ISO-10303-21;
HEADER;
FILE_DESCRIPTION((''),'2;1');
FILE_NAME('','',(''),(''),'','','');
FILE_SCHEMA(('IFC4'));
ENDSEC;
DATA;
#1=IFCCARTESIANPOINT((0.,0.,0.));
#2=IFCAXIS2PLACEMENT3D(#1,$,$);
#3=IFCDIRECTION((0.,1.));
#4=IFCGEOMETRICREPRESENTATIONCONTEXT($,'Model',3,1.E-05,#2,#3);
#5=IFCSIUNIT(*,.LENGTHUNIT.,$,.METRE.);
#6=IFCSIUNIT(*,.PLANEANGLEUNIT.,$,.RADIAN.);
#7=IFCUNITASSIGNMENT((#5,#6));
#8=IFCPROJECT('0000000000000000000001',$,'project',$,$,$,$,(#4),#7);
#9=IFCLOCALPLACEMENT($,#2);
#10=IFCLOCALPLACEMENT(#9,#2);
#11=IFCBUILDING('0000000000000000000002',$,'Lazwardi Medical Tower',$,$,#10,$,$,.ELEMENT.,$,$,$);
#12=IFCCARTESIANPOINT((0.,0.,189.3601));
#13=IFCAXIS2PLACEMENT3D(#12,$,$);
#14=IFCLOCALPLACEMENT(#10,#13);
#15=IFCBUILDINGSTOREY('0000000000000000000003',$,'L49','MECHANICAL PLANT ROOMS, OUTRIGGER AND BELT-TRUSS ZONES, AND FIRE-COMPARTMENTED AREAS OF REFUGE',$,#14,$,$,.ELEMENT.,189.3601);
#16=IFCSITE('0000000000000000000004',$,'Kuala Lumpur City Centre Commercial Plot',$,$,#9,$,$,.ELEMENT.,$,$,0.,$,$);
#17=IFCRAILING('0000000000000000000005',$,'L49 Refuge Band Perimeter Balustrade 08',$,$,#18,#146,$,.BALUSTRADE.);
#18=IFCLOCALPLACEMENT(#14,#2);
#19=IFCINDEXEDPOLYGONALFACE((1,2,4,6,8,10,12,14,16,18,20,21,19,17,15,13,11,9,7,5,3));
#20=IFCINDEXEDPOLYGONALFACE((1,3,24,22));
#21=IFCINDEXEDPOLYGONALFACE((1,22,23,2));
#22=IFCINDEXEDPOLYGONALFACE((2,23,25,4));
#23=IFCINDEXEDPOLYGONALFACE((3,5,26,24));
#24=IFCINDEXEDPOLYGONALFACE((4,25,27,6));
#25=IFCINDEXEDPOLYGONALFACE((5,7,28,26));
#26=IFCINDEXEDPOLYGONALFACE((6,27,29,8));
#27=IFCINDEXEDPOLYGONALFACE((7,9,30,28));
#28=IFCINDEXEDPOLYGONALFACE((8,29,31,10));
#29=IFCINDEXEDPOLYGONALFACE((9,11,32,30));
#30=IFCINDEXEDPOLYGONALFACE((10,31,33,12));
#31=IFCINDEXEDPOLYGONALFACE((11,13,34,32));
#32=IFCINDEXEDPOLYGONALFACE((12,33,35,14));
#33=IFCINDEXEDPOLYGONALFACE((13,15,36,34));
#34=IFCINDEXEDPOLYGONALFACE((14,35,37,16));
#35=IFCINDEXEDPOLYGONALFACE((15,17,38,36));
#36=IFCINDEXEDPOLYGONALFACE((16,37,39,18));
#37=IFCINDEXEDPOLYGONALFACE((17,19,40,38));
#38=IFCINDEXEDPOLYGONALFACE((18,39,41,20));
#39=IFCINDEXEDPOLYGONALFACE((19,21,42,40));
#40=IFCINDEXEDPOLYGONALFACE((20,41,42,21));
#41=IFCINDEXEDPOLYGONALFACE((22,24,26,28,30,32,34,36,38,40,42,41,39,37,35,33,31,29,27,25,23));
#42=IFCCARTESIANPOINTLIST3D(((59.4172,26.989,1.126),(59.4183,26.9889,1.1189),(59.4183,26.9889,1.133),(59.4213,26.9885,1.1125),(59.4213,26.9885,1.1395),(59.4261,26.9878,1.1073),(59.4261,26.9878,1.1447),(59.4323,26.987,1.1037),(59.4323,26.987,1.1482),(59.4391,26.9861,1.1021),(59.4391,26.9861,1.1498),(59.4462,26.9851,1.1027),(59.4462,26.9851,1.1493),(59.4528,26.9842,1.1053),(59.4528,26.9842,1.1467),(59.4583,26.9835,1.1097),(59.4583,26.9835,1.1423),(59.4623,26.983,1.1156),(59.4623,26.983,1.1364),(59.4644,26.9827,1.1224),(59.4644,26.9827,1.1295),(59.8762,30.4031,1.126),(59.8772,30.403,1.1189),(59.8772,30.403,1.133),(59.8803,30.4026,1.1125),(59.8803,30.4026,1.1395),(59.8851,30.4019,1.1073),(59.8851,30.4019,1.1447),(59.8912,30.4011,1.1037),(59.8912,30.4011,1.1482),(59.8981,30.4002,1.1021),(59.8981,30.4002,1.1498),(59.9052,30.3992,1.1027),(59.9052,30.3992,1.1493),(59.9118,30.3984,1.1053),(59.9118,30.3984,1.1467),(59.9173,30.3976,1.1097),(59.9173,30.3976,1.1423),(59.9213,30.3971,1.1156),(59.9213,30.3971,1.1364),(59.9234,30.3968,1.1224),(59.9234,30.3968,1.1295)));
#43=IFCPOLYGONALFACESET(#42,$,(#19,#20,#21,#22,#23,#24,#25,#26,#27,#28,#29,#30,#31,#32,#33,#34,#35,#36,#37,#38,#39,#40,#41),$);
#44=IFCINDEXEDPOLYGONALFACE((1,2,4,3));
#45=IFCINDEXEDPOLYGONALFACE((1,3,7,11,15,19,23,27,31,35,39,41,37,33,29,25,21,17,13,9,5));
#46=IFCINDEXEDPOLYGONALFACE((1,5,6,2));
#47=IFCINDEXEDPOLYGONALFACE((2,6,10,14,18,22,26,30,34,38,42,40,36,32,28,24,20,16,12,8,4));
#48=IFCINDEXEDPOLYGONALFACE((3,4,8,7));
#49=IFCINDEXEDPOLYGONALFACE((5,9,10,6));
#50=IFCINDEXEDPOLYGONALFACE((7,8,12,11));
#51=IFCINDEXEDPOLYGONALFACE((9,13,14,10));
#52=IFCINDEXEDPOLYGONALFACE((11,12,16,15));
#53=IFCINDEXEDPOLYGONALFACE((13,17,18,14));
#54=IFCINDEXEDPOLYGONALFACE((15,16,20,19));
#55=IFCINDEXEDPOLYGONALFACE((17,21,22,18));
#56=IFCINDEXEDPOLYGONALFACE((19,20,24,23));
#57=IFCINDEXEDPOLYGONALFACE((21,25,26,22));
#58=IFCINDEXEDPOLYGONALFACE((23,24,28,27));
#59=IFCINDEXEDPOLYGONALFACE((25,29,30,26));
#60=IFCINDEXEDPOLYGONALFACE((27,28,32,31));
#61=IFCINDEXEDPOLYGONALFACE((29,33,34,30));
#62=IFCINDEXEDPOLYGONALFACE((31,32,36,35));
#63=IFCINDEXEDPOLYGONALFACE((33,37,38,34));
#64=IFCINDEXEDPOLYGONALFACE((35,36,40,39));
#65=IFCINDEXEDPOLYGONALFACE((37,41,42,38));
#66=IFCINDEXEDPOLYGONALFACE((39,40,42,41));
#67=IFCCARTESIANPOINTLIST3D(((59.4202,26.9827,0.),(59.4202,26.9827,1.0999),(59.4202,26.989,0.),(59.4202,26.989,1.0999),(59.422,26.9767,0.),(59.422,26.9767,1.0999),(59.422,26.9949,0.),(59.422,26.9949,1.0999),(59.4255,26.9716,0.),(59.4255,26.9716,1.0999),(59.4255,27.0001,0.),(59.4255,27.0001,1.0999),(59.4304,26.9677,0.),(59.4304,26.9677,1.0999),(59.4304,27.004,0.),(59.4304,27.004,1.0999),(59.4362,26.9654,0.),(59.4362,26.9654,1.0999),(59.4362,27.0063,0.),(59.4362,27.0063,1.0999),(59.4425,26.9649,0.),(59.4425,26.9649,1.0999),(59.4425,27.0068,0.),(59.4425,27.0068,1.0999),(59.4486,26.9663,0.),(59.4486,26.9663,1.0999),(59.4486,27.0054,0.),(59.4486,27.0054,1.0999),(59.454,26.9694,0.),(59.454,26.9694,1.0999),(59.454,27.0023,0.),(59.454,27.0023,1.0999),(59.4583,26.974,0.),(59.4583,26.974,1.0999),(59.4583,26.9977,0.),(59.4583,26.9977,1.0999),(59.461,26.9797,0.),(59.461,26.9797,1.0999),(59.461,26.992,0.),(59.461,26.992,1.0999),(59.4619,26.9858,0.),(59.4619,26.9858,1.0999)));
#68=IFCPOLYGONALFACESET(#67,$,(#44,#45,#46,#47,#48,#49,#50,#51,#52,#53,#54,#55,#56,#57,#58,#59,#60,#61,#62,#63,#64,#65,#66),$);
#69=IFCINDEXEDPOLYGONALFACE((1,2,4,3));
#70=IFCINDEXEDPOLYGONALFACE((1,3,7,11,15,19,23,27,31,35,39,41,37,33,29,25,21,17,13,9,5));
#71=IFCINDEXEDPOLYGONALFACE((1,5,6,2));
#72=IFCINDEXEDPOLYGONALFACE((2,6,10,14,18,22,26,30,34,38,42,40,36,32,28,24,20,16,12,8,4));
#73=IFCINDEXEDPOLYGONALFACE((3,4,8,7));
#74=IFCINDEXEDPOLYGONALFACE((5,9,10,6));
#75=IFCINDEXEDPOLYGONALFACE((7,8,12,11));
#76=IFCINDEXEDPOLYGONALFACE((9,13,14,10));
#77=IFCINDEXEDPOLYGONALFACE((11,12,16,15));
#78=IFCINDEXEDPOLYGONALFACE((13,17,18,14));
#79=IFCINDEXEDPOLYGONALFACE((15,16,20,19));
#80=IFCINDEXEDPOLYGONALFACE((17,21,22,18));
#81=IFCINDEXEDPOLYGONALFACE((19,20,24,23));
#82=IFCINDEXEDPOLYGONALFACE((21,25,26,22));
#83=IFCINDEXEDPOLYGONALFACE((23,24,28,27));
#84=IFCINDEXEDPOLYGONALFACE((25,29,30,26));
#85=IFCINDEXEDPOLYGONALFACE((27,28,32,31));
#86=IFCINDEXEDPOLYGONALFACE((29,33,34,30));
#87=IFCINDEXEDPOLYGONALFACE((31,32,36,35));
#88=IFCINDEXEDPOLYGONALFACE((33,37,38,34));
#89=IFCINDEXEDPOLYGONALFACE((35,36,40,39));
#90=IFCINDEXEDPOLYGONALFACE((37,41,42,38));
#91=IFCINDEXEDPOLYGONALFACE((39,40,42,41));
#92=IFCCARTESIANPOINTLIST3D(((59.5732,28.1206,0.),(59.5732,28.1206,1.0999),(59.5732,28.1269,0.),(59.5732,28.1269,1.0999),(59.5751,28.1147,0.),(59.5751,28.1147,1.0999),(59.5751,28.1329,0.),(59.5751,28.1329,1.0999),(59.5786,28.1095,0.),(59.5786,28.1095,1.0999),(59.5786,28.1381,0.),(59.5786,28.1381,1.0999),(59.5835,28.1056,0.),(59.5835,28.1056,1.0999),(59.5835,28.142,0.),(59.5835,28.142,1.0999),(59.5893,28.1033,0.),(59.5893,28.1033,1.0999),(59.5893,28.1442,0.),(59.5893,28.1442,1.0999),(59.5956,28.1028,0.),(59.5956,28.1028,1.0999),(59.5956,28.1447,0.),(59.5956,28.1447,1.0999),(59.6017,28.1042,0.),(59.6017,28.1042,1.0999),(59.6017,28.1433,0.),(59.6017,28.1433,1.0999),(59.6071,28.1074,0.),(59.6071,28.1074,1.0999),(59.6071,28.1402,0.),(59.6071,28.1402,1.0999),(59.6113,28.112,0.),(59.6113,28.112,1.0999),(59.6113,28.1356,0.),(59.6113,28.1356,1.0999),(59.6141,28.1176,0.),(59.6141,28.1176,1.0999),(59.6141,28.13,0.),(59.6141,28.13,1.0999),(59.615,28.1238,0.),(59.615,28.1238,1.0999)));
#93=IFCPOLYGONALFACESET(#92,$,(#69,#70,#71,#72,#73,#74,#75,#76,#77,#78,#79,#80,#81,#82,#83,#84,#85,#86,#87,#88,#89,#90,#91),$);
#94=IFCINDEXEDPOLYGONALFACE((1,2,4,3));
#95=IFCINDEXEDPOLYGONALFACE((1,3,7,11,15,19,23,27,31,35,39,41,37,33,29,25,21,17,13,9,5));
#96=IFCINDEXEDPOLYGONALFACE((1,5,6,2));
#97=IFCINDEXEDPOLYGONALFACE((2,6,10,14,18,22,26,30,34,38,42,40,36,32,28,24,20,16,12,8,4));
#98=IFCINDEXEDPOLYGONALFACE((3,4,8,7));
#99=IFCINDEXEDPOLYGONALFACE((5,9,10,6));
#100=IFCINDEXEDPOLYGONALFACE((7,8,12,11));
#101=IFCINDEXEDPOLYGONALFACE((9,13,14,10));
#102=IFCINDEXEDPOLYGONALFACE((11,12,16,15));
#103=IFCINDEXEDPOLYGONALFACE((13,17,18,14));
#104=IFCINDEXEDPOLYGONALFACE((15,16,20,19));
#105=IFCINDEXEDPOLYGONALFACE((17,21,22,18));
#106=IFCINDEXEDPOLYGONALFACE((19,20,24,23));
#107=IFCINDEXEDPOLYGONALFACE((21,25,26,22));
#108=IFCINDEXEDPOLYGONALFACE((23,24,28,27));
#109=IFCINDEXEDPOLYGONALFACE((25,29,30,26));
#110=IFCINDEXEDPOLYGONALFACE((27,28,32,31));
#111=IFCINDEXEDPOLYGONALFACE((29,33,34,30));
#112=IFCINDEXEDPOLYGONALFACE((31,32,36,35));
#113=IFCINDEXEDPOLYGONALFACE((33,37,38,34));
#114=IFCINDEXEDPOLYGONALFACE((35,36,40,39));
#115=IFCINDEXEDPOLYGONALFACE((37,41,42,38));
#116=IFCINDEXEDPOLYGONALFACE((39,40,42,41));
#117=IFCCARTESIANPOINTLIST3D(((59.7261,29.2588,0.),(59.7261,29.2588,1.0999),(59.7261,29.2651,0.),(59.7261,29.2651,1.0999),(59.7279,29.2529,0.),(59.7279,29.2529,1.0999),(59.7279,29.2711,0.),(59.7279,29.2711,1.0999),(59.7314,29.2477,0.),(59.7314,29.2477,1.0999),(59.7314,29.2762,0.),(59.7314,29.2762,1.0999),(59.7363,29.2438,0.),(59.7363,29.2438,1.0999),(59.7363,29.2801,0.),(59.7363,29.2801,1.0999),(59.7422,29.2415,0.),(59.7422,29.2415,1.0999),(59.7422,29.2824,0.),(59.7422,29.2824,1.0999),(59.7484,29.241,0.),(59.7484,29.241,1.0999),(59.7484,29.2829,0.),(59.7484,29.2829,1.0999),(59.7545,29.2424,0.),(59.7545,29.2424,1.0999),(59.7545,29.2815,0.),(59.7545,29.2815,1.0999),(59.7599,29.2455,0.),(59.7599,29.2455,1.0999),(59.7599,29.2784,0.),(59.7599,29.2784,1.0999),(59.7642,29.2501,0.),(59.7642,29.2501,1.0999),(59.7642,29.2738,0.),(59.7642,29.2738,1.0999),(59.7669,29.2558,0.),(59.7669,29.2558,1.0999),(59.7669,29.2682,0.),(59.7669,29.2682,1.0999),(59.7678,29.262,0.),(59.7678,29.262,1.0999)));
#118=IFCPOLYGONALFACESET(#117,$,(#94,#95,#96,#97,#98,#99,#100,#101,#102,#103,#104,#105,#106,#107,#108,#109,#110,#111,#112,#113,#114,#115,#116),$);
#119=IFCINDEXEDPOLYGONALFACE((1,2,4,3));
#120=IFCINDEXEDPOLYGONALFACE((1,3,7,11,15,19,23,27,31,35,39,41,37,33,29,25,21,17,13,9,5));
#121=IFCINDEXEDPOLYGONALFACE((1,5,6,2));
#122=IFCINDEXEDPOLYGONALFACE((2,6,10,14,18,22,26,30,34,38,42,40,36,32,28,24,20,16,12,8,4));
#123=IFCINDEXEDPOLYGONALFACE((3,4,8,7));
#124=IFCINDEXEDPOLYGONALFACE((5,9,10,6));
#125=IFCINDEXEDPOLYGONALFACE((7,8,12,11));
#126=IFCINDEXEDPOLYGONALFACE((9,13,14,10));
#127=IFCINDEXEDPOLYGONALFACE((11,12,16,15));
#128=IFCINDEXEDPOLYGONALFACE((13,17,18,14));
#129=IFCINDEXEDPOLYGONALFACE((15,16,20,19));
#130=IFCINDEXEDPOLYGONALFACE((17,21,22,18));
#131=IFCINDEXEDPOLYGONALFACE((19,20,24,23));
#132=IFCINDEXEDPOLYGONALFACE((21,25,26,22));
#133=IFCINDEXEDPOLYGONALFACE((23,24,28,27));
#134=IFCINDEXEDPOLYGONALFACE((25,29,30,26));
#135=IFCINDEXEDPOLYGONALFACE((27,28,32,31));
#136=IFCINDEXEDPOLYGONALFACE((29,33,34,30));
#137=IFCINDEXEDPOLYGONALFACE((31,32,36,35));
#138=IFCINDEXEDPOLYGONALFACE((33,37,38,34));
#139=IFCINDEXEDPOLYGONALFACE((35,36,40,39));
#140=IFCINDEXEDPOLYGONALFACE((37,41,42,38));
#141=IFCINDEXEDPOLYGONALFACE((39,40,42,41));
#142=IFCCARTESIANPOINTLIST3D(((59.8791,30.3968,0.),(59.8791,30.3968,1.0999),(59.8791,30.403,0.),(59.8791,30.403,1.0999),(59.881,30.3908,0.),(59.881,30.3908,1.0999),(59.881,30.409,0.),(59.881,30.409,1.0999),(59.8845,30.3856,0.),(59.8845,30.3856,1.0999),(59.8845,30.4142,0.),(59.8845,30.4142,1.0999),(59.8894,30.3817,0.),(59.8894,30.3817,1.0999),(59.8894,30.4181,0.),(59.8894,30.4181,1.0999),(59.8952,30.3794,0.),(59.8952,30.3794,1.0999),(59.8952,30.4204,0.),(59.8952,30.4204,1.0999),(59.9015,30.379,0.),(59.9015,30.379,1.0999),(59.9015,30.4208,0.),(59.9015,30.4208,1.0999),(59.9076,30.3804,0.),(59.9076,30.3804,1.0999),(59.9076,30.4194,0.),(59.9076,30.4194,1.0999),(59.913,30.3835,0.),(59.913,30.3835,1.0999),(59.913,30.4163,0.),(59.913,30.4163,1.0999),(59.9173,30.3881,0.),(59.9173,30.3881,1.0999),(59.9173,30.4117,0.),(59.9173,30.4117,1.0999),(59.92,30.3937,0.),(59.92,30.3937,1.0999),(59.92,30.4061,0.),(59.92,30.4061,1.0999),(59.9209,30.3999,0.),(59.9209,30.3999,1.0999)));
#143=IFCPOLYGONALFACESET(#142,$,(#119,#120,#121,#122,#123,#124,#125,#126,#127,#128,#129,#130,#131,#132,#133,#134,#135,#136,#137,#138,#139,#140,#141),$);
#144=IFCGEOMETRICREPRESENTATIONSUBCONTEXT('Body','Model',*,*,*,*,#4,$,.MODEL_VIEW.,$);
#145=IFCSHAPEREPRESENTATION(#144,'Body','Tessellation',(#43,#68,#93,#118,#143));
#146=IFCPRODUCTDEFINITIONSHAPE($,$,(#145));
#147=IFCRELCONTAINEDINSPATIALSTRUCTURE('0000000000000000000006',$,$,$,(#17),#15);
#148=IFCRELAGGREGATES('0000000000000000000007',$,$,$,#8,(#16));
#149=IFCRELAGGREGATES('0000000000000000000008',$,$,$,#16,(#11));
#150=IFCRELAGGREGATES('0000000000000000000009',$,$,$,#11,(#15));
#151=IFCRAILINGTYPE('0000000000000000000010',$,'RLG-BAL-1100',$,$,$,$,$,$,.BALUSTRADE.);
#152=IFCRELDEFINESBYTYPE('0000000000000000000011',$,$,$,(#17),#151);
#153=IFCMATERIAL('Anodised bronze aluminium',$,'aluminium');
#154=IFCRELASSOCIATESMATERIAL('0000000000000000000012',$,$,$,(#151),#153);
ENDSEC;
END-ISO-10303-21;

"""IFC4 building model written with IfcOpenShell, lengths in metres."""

from ifc_helpers import new_model, si_unit, direction, frame, origin, origin_2d, place, context, subcontext, project, spatial, circle, extrude, material, type_object, element, save


model = new_model("IFC4")

# Units and contexts
model_context = context("Model", 3, precision=1e-05, world=origin(), true_north=direction((0.0, 1.0)))
body_context = subcontext(model_context, "Body", "Model", "MODEL_VIEW")
ifc_project = project(units=[si_unit("LENGTHUNIT", "METRE"), si_unit("PLANEANGLEUNIT", "RADIAN")], contexts=[model_context])

# Site, building, storey
site_placement = place(None, origin())
site = spatial("IfcSite", under=ifc_project, at=site_placement, Name="Kuala Lumpur City Centre Commercial Plot", CompositionType="ELEMENT", RefElevation=0.0)
building_placement = place(site_placement, origin())
building = spatial("IfcBuilding", under=site, at=building_placement, Name="Lazwardi Medical Tower", CompositionType="ELEMENT")
storey_placement = place(building_placement, frame((0.0, 0.0, 189.3601)))
storey = spatial("IfcBuildingStorey", under=building, at=storey_placement, Name="L49", Description="MECHANICAL PLANT ROOMS, OUTRIGGER AND BELT-TRUSS ZONES, AND FIRE-COMPARTMENTED AREAS OF REFUGE", CompositionType="ELEMENT", Elevation=189.3601)

# Railing
ifc_material_1 = material(Name="Anodised bronze aluminium", Category="aluminium")
railing_type_1 = type_object("IfcRailingType", Name="RLG-BAL-1100", PredefinedType="BALUSTRADE", material=ifc_material_1)
railing_1_placement = place(storey_placement, frame((59.4409, 26.9858, 0.0)))
element("IfcRailing", 1, at=railing_1_placement, inside=storey, type_object=railing_type_1, Name="L49 Refuge Band Perimeter Balustrade 08", PredefinedType="BALUSTRADE", context=body_context, shape_type="SweptSolid", body=[
    extrude(circle(Radius=0.0239, at=origin_2d()), frame((0.0, 0.0, 1.126), z_axis=(0.133241, 0.991084, 0.0), x_axis=(-0.991084, 0.133241, 0.0)), (0.0, 0.0, 1.0), 3.4448),
    extrude(circle(Radius=0.021, at=origin_2d()), origin(), (0.0, 0.0, 1.0), 1.0999),
    extrude(circle(Radius=0.021, at=origin_2d()), frame((0.1531, 1.1379, 0.0)), (0.0, 0.0, 1.0), 1.0999),
    extrude(circle(Radius=0.021, at=origin_2d()), frame((0.3059, 2.2761, 0.0)), (0.0, 0.0, 1.0), 1.0999),
    extrude(circle(Radius=0.021, at=origin_2d()), frame((0.459, 3.4141, 0.0)), (0.0, 0.0, 1.0), 1.0999),
])

save(model, "model.ifc")
